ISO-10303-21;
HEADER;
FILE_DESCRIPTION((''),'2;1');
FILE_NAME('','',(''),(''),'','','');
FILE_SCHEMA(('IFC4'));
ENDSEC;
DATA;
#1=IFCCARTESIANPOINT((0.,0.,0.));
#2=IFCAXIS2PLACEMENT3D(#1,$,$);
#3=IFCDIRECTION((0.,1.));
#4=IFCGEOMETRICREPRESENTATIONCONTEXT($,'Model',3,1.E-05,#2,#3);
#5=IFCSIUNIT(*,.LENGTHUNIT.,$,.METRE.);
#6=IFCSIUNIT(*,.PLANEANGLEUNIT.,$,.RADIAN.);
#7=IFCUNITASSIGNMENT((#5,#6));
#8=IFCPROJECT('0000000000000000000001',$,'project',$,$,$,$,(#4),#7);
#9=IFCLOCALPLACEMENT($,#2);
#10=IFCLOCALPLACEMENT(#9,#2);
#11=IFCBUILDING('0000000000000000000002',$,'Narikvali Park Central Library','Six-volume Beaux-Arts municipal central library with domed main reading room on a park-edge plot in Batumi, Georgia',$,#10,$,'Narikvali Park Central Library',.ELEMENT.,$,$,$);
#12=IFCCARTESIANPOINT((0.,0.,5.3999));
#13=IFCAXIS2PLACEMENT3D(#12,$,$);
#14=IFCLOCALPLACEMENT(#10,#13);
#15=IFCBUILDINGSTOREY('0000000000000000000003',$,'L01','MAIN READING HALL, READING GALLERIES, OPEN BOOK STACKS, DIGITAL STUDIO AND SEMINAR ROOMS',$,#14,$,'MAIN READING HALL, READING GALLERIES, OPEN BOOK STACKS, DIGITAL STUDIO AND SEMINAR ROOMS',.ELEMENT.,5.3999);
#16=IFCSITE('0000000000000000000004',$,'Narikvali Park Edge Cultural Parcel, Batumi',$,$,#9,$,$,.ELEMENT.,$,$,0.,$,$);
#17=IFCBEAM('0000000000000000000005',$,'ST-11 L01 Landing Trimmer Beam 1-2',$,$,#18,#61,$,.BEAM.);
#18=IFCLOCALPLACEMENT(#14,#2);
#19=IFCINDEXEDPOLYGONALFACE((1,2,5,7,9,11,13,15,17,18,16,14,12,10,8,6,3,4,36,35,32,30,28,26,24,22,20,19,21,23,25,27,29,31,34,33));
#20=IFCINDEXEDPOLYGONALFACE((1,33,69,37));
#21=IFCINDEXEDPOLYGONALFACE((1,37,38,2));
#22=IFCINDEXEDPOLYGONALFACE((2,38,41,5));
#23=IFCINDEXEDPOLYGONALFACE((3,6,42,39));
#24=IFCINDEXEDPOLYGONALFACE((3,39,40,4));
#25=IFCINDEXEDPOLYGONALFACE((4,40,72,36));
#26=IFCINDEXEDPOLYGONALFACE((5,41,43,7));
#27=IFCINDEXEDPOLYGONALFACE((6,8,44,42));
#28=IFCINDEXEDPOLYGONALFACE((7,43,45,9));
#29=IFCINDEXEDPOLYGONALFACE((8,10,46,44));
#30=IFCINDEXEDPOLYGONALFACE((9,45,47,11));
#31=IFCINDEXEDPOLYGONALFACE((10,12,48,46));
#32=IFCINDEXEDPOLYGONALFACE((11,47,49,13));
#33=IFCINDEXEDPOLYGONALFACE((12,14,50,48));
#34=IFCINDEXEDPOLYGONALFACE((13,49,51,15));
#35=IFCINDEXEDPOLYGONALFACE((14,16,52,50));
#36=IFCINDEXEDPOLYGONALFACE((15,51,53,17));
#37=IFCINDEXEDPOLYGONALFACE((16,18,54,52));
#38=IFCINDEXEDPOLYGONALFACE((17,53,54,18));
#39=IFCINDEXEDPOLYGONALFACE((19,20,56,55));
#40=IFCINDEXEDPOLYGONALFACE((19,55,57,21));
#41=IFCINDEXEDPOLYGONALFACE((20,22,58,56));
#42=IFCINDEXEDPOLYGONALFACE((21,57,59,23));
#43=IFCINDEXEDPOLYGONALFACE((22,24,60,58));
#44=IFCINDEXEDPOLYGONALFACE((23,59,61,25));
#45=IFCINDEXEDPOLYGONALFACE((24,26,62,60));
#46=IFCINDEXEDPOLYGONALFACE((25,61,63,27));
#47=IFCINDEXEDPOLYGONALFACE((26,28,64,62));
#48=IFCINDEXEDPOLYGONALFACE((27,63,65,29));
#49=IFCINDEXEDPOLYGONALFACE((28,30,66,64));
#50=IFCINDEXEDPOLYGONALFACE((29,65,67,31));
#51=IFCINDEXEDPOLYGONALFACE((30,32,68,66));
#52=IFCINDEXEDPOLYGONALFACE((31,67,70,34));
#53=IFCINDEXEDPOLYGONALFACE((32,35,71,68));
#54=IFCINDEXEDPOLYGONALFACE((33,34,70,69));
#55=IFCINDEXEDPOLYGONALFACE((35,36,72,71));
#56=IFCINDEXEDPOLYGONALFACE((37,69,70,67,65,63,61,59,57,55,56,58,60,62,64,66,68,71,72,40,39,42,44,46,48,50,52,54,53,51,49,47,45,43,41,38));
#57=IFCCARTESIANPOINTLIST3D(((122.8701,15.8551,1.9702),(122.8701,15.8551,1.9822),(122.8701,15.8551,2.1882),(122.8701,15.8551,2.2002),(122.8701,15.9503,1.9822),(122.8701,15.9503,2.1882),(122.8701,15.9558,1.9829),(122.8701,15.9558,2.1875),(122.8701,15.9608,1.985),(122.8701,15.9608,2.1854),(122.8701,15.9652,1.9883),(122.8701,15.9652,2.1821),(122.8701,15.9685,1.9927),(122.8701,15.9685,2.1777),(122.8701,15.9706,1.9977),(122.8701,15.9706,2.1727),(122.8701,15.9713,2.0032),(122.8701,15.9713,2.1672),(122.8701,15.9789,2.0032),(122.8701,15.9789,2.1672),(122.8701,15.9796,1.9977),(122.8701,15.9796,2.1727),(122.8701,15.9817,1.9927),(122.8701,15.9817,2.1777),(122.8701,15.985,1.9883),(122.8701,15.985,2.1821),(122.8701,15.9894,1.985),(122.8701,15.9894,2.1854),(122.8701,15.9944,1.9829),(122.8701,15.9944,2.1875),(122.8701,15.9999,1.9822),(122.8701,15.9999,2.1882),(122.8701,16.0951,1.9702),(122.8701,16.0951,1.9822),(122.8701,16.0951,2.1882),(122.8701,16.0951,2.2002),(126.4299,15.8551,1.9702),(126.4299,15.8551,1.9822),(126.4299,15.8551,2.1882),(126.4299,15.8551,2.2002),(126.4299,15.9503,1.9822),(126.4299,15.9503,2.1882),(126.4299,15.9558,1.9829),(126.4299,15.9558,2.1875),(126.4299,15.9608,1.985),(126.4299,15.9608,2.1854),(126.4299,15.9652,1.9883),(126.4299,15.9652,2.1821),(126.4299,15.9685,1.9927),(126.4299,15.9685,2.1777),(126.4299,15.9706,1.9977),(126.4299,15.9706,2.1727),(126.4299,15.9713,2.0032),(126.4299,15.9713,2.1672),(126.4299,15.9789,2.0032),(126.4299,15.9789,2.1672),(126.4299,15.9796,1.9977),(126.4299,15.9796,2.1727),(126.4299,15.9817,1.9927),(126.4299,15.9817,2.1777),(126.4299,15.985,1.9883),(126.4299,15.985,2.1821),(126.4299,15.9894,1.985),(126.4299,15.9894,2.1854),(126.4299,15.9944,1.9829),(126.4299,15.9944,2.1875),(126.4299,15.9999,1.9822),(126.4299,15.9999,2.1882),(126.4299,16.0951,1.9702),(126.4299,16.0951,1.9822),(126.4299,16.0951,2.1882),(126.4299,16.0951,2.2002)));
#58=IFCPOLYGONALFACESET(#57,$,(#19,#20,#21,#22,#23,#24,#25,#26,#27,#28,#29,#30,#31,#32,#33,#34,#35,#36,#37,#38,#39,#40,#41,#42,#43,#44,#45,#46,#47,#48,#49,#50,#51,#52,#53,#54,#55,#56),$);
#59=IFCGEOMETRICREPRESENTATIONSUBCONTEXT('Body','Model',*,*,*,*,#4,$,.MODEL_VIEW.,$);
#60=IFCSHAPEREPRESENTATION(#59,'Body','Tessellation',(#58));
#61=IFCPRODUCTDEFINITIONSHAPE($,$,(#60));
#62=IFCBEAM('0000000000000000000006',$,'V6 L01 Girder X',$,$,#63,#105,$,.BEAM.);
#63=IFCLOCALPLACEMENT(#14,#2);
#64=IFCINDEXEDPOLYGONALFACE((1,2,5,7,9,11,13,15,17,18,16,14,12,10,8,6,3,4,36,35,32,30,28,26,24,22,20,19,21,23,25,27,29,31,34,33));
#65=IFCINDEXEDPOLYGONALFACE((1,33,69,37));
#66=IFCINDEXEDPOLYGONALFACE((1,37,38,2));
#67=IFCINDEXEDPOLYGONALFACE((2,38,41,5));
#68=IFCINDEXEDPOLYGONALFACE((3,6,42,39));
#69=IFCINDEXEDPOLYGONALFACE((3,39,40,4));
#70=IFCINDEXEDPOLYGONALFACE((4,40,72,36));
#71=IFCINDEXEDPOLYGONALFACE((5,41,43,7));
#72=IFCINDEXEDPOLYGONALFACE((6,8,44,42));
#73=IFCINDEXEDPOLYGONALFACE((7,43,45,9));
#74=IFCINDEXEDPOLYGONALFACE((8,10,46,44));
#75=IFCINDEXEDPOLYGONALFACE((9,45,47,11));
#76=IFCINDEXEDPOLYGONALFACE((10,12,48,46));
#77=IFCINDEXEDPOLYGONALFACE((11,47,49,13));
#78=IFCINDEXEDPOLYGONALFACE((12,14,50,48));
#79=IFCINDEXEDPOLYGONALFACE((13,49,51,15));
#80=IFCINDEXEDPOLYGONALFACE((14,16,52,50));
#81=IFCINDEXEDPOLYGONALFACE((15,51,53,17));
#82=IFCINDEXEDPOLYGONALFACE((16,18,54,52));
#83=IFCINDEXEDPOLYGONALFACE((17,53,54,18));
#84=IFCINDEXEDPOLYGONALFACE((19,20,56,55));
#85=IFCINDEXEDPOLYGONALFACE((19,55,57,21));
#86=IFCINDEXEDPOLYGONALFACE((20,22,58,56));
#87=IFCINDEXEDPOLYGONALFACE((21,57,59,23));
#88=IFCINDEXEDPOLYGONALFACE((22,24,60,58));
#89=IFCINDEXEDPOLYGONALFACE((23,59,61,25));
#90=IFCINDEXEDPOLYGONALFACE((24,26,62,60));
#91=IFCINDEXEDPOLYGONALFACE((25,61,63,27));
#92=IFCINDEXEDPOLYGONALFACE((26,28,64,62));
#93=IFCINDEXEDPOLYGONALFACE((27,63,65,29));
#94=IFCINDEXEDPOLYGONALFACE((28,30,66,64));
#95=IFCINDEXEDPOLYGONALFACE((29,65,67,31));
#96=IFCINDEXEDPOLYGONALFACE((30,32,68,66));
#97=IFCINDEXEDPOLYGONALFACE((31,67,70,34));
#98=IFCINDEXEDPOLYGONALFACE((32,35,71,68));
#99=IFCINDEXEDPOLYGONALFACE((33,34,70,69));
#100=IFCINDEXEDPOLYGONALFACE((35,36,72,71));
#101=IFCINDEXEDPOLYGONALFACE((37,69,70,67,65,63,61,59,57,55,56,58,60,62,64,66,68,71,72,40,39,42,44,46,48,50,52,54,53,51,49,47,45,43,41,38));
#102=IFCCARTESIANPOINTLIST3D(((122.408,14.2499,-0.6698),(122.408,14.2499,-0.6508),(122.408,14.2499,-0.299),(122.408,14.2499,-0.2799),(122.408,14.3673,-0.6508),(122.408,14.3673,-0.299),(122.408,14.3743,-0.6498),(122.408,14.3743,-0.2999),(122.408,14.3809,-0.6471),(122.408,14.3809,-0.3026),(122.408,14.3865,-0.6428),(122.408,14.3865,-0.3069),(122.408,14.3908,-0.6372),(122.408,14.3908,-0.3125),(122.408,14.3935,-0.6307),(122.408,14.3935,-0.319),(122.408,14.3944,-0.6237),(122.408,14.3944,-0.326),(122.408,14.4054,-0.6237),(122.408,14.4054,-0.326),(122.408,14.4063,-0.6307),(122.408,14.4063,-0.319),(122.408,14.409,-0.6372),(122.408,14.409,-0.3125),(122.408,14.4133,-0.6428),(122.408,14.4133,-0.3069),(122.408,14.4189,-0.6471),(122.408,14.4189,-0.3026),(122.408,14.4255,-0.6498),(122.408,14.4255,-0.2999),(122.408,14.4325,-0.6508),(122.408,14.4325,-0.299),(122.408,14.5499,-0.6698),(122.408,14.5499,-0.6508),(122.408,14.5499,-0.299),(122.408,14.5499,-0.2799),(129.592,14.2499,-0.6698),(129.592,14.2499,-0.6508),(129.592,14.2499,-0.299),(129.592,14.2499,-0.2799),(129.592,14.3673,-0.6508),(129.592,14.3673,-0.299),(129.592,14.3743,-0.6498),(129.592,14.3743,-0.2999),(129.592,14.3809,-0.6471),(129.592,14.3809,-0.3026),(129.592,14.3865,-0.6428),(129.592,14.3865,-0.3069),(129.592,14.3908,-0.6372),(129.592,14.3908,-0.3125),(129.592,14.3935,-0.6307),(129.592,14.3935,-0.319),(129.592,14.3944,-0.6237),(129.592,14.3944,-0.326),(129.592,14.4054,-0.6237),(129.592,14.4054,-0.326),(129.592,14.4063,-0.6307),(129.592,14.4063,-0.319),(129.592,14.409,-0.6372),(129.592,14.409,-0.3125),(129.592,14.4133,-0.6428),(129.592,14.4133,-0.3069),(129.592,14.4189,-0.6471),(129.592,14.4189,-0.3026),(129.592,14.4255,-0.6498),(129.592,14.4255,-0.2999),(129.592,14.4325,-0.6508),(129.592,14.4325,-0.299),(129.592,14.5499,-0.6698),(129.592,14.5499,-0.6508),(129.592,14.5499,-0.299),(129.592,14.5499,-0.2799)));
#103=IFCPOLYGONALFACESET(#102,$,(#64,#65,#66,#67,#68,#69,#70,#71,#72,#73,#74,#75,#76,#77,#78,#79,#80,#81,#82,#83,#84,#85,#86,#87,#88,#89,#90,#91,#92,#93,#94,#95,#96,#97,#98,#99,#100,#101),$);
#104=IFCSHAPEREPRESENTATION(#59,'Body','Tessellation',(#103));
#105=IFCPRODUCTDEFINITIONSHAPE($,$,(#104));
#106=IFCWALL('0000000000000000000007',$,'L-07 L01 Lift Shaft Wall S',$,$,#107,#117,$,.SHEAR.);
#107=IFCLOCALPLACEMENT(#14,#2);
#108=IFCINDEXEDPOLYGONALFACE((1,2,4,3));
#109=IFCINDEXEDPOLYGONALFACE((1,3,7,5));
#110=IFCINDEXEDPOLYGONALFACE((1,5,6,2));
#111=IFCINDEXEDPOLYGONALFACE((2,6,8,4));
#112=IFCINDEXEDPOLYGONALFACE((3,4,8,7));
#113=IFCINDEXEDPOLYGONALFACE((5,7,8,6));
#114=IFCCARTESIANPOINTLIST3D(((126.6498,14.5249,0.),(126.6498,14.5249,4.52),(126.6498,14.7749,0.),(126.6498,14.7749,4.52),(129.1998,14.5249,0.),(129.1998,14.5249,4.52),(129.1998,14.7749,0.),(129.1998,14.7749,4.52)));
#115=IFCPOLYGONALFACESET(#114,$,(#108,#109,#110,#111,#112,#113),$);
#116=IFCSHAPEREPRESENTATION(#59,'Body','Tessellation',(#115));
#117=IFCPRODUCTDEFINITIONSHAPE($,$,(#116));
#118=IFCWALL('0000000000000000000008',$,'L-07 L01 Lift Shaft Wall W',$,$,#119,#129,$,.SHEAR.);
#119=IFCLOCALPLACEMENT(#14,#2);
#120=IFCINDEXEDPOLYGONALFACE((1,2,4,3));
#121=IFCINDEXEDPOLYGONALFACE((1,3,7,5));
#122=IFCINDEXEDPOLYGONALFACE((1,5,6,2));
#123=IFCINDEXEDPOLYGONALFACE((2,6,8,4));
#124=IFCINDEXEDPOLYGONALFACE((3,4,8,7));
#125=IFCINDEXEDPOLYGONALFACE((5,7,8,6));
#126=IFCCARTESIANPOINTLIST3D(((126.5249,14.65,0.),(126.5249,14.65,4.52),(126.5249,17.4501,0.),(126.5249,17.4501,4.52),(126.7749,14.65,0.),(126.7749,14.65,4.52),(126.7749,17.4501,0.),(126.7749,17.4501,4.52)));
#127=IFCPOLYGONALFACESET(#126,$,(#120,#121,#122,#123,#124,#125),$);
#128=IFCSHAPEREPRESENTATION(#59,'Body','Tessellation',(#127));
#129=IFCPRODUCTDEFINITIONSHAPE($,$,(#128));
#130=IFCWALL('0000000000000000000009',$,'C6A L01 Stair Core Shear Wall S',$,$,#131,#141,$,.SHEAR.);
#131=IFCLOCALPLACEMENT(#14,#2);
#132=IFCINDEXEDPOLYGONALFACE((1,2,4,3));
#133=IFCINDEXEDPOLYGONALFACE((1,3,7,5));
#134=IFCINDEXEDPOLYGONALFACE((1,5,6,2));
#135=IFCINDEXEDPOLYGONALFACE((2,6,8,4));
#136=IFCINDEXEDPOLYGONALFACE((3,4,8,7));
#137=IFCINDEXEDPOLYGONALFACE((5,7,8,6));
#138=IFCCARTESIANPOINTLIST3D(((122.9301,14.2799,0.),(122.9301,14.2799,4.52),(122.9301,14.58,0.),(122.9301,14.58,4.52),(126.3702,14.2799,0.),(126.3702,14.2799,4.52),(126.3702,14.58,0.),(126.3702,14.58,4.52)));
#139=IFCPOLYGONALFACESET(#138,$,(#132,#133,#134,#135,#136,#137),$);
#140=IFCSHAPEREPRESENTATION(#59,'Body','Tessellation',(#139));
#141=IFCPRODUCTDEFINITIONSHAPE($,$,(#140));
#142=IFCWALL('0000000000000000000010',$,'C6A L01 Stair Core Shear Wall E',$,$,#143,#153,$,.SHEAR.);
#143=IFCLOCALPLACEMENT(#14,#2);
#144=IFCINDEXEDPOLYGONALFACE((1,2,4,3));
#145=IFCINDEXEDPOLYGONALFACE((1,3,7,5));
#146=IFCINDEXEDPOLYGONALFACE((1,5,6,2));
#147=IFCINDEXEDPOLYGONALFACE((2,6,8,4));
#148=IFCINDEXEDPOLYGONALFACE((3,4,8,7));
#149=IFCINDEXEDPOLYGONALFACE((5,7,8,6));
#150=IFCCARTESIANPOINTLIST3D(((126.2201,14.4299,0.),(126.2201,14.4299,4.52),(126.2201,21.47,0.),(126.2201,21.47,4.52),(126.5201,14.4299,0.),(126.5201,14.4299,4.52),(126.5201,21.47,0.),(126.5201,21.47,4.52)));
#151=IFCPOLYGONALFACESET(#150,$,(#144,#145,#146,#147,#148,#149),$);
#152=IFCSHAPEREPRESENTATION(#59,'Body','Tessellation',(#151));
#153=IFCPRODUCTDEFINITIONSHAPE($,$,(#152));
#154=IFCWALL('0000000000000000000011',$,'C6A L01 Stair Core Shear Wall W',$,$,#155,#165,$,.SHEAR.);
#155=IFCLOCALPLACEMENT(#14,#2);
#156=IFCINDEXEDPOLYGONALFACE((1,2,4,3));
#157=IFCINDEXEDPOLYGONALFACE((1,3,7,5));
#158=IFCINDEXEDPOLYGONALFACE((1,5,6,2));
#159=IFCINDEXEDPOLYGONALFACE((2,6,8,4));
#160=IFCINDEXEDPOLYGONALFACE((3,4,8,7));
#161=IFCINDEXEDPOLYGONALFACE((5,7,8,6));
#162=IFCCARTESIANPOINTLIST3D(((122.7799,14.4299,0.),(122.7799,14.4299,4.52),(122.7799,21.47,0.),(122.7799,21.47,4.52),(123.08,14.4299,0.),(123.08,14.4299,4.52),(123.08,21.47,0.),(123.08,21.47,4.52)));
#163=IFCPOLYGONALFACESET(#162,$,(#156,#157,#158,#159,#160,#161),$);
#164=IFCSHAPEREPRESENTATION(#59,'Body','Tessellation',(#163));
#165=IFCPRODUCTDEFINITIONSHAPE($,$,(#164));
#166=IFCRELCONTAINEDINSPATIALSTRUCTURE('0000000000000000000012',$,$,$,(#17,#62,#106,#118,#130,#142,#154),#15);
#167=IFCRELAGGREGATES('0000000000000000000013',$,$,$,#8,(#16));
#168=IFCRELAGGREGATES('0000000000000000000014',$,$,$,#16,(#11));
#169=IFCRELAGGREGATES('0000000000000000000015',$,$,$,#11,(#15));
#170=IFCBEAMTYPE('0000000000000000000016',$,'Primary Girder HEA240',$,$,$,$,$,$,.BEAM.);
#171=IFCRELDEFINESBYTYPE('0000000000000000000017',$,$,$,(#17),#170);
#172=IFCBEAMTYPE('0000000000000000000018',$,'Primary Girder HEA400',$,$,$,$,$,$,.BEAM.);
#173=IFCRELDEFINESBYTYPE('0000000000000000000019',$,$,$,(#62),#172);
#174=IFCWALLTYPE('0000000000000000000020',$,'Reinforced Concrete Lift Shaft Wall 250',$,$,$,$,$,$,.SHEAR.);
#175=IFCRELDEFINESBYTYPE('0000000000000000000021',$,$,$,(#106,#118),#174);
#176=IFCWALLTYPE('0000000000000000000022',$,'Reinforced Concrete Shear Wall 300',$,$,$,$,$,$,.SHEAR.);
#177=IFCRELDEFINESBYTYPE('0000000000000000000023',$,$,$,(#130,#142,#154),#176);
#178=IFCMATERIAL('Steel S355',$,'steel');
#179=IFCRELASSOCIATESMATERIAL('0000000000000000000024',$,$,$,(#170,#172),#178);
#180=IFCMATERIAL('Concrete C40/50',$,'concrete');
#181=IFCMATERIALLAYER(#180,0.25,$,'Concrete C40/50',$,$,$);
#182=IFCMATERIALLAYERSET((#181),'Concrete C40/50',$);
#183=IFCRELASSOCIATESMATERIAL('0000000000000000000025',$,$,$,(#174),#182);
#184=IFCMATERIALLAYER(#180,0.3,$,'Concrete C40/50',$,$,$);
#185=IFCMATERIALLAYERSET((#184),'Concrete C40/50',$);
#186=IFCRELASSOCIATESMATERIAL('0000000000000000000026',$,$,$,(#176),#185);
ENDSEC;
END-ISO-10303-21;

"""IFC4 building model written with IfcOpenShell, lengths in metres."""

from ifc_helpers import new_model, si_unit, direction, frame, frame_2d, origin, origin_2d, place, context, subcontext, project, spatial, rectangle, i_section, extrude, material, layer, layer_set, material_profile, profile_set, type_object, element, save


model = new_model("IFC4")

# Units and contexts
model_context = context("Model", 3, precision=1e-05, world=origin(), true_north=direction((0.0, 1.0)))
body_context = subcontext(model_context, "Body", "Model", "MODEL_VIEW")
ifc_project = project(units=[si_unit("LENGTHUNIT", "METRE"), si_unit("PLANEANGLEUNIT", "RADIAN")], contexts=[model_context])

# Site, building, storey
site_placement = place(None, origin())
site = spatial("IfcSite", under=ifc_project, at=site_placement, Name="Narikvali Park Edge Cultural Parcel, Batumi", CompositionType="ELEMENT", RefElevation=0.0)
building_placement = place(site_placement, origin())
building = spatial("IfcBuilding", under=site, at=building_placement, Name="Narikvali Park Central Library", Description="Six-volume Beaux-Arts municipal central library with domed main reading room on a park-edge plot in Batumi, Georgia", LongName="Narikvali Park Central Library", CompositionType="ELEMENT")
storey_placement = place(building_placement, frame((0.0, 0.0, 5.3999)))
storey = spatial("IfcBuildingStorey", under=building, at=storey_placement, Name="L01", Description="MAIN READING HALL, READING GALLERIES, OPEN BOOK STACKS, DIGITAL STUDIO AND SEMINAR ROOMS", LongName="MAIN READING HALL, READING GALLERIES, OPEN BOOK STACKS, DIGITAL STUDIO AND SEMINAR ROOMS", CompositionType="ELEMENT", Elevation=5.3999)

# Shared definitions
ifc_material_1 = material(Name="Steel S355", Category="steel")

# Beams
ifc_material_profile_1 = material_profile(ifc_material_1, i_section(OverallWidth=0.24, OverallDepth=0.23, WebThickness=0.0076, FlangeThickness=0.012, FilletRadius=0.021, at=origin_2d()), Name="HEA 240")
ifc_profile_set_1 = profile_set([ifc_material_profile_1], Name="Steel S355")
beam_type_1 = type_object("IfcBeamType", Name="Primary Girder HEA240", PredefinedType="BEAM", material=ifc_profile_set_1)
for number, where, z_axis, x_axis, name in (
    (1, (122.8701, 15.9751, 2.0852), (1.0, 0.0, 0.0), (0.0, 1.0, 0.0), "ST-11 L01 Landing Trimmer Beam 1-2"),
):
    element("IfcBeam", number, at=place(storey_placement, frame(where, z_axis=z_axis, x_axis=x_axis)), inside=storey, type_object=beam_type_1, Name=name, PredefinedType="BEAM", context=body_context, shape_type="SweptSolid", body=[
        extrude(i_section(OverallWidth=0.24, OverallDepth=0.23, WebThickness=0.0076, FlangeThickness=0.012, FilletRadius=0.021, at=origin_2d()), origin(), (0.0, 0.0, 1.0), 3.5598),
    ])
ifc_material_profile_2 = material_profile(ifc_material_1, i_section(OverallWidth=0.3, OverallDepth=0.3899, WebThickness=0.011, FlangeThickness=0.019, FilletRadius=0.0271, at=origin_2d()), Name="HEA 400")
ifc_profile_set_2 = profile_set([ifc_material_profile_2], Name="Steel S355")
beam_type_2 = type_object("IfcBeamType", Name="Primary Girder HEA400", PredefinedType="BEAM", material=ifc_profile_set_2)
beam_1_placement = place(storey_placement, frame((122.408, 14.3999, -0.4749), z_axis=(1.0, 0.0, 0.0), x_axis=(0.0, 1.0, 0.0)))
element("IfcBeam", 2, at=beam_1_placement, inside=storey, type_object=beam_type_2, Name="V6 L01 Girder X", PredefinedType="BEAM", context=body_context, shape_type="SweptSolid", body=[
    extrude(i_section(OverallWidth=0.3, OverallDepth=0.3899, WebThickness=0.011, FlangeThickness=0.019, FilletRadius=0.0271, at=origin_2d()), origin(), (0.0, 0.0, 1.0), 7.1841),
])

# Walls
ifc_material_2 = material(Name="Concrete C40/50", Category="concrete")
ifc_layer_1 = layer(ifc_material_2, 0.25, Name="Concrete C40/50")
ifc_layer_set_1 = layer_set([ifc_layer_1], Name="Concrete C40/50")
wall_type_1 = type_object("IfcWallType", Name="Reinforced Concrete Lift Shaft Wall 250", PredefinedType="SHEAR", material=ifc_layer_set_1)
wall_1_placement = place(storey_placement, frame((126.6499, 14.6499, 0.0), z_axis=(0.0, 0.0, 1.0), x_axis=(1.0, 0.0, 0.0)))
element("IfcWall", 3, at=wall_1_placement, inside=storey, type_object=wall_type_1, Name="L-07 L01 Lift Shaft Wall S", PredefinedType="SHEAR", context=body_context, shape_type="SweptSolid", body=[
    extrude(rectangle(XDim=2.55, YDim=0.25, at=frame_2d((1.2749, 0.0))), origin(), (0.0, 0.0, 1.0), 4.52),
])
wall_2_placement = place(storey_placement, frame((126.6499, 17.45, 0.0), z_axis=(0.0, 0.0, 1.0), x_axis=(0.0, -1.0, 0.0)))
element("IfcWall", 4, at=wall_2_placement, inside=storey, type_object=wall_type_1, Name="L-07 L01 Lift Shaft Wall W", PredefinedType="SHEAR", context=body_context, shape_type="SweptSolid", body=[
    extrude(rectangle(XDim=2.8, YDim=0.25, at=frame_2d((1.3999, 0.0))), origin(), (0.0, 0.0, 1.0), 4.52),
])
ifc_layer_2 = layer(ifc_material_2, 0.3, Name="Concrete C40/50")
ifc_layer_set_2 = layer_set([ifc_layer_2], Name="Concrete C40/50")
wall_type_2 = type_object("IfcWallType", Name="Reinforced Concrete Shear Wall 300", PredefinedType="SHEAR", material=ifc_layer_set_2)
wall_3_placement = place(storey_placement, frame((122.9299, 14.4299, 0.0), z_axis=(0.0, 0.0, 1.0), x_axis=(1.0, 0.0, 0.0)))
element("IfcWall", 5, at=wall_3_placement, inside=storey, type_object=wall_type_2, Name="C6A L01 Stair Core Shear Wall S", PredefinedType="SHEAR", context=body_context, shape_type="SweptSolid", body=[
    extrude(rectangle(XDim=3.4402, YDim=0.3, at=frame_2d((1.7202, 0.0))), origin(), (0.0, 0.0, 1.0), 4.52),
])
wall_4_placement = place(storey_placement, frame((126.3701, 14.4299, 0.0), z_axis=(0.0, 0.0, 1.0), x_axis=(0.0, 1.0, 0.0)))
element("IfcWall", 6, at=wall_4_placement, inside=storey, type_object=wall_type_2, Name="C6A L01 Stair Core Shear Wall E", PredefinedType="SHEAR", context=body_context, shape_type="SweptSolid", body=[
    extrude(rectangle(XDim=7.04, YDim=0.3, at=frame_2d((3.52, 0.0))), origin(), (0.0, 0.0, 1.0), 4.52),
])

# Wall
wall_5_placement = place(storey_placement, frame((122.9299, 21.47, 0.0), z_axis=(0.0, 0.0, 1.0), x_axis=(0.0, -1.0, 0.0)))
element("IfcWall", 7, at=wall_5_placement, inside=storey, type_object=wall_type_2, Name="C6A L01 Stair Core Shear Wall W", PredefinedType="SHEAR", context=body_context, shape_type="SweptSolid", body=[
    extrude(rectangle(XDim=7.04, YDim=0.3, at=frame_2d((3.52, 0.0))), origin(), (0.0, 0.0, 1.0), 4.52),
])

save(model, "model.ifc")
